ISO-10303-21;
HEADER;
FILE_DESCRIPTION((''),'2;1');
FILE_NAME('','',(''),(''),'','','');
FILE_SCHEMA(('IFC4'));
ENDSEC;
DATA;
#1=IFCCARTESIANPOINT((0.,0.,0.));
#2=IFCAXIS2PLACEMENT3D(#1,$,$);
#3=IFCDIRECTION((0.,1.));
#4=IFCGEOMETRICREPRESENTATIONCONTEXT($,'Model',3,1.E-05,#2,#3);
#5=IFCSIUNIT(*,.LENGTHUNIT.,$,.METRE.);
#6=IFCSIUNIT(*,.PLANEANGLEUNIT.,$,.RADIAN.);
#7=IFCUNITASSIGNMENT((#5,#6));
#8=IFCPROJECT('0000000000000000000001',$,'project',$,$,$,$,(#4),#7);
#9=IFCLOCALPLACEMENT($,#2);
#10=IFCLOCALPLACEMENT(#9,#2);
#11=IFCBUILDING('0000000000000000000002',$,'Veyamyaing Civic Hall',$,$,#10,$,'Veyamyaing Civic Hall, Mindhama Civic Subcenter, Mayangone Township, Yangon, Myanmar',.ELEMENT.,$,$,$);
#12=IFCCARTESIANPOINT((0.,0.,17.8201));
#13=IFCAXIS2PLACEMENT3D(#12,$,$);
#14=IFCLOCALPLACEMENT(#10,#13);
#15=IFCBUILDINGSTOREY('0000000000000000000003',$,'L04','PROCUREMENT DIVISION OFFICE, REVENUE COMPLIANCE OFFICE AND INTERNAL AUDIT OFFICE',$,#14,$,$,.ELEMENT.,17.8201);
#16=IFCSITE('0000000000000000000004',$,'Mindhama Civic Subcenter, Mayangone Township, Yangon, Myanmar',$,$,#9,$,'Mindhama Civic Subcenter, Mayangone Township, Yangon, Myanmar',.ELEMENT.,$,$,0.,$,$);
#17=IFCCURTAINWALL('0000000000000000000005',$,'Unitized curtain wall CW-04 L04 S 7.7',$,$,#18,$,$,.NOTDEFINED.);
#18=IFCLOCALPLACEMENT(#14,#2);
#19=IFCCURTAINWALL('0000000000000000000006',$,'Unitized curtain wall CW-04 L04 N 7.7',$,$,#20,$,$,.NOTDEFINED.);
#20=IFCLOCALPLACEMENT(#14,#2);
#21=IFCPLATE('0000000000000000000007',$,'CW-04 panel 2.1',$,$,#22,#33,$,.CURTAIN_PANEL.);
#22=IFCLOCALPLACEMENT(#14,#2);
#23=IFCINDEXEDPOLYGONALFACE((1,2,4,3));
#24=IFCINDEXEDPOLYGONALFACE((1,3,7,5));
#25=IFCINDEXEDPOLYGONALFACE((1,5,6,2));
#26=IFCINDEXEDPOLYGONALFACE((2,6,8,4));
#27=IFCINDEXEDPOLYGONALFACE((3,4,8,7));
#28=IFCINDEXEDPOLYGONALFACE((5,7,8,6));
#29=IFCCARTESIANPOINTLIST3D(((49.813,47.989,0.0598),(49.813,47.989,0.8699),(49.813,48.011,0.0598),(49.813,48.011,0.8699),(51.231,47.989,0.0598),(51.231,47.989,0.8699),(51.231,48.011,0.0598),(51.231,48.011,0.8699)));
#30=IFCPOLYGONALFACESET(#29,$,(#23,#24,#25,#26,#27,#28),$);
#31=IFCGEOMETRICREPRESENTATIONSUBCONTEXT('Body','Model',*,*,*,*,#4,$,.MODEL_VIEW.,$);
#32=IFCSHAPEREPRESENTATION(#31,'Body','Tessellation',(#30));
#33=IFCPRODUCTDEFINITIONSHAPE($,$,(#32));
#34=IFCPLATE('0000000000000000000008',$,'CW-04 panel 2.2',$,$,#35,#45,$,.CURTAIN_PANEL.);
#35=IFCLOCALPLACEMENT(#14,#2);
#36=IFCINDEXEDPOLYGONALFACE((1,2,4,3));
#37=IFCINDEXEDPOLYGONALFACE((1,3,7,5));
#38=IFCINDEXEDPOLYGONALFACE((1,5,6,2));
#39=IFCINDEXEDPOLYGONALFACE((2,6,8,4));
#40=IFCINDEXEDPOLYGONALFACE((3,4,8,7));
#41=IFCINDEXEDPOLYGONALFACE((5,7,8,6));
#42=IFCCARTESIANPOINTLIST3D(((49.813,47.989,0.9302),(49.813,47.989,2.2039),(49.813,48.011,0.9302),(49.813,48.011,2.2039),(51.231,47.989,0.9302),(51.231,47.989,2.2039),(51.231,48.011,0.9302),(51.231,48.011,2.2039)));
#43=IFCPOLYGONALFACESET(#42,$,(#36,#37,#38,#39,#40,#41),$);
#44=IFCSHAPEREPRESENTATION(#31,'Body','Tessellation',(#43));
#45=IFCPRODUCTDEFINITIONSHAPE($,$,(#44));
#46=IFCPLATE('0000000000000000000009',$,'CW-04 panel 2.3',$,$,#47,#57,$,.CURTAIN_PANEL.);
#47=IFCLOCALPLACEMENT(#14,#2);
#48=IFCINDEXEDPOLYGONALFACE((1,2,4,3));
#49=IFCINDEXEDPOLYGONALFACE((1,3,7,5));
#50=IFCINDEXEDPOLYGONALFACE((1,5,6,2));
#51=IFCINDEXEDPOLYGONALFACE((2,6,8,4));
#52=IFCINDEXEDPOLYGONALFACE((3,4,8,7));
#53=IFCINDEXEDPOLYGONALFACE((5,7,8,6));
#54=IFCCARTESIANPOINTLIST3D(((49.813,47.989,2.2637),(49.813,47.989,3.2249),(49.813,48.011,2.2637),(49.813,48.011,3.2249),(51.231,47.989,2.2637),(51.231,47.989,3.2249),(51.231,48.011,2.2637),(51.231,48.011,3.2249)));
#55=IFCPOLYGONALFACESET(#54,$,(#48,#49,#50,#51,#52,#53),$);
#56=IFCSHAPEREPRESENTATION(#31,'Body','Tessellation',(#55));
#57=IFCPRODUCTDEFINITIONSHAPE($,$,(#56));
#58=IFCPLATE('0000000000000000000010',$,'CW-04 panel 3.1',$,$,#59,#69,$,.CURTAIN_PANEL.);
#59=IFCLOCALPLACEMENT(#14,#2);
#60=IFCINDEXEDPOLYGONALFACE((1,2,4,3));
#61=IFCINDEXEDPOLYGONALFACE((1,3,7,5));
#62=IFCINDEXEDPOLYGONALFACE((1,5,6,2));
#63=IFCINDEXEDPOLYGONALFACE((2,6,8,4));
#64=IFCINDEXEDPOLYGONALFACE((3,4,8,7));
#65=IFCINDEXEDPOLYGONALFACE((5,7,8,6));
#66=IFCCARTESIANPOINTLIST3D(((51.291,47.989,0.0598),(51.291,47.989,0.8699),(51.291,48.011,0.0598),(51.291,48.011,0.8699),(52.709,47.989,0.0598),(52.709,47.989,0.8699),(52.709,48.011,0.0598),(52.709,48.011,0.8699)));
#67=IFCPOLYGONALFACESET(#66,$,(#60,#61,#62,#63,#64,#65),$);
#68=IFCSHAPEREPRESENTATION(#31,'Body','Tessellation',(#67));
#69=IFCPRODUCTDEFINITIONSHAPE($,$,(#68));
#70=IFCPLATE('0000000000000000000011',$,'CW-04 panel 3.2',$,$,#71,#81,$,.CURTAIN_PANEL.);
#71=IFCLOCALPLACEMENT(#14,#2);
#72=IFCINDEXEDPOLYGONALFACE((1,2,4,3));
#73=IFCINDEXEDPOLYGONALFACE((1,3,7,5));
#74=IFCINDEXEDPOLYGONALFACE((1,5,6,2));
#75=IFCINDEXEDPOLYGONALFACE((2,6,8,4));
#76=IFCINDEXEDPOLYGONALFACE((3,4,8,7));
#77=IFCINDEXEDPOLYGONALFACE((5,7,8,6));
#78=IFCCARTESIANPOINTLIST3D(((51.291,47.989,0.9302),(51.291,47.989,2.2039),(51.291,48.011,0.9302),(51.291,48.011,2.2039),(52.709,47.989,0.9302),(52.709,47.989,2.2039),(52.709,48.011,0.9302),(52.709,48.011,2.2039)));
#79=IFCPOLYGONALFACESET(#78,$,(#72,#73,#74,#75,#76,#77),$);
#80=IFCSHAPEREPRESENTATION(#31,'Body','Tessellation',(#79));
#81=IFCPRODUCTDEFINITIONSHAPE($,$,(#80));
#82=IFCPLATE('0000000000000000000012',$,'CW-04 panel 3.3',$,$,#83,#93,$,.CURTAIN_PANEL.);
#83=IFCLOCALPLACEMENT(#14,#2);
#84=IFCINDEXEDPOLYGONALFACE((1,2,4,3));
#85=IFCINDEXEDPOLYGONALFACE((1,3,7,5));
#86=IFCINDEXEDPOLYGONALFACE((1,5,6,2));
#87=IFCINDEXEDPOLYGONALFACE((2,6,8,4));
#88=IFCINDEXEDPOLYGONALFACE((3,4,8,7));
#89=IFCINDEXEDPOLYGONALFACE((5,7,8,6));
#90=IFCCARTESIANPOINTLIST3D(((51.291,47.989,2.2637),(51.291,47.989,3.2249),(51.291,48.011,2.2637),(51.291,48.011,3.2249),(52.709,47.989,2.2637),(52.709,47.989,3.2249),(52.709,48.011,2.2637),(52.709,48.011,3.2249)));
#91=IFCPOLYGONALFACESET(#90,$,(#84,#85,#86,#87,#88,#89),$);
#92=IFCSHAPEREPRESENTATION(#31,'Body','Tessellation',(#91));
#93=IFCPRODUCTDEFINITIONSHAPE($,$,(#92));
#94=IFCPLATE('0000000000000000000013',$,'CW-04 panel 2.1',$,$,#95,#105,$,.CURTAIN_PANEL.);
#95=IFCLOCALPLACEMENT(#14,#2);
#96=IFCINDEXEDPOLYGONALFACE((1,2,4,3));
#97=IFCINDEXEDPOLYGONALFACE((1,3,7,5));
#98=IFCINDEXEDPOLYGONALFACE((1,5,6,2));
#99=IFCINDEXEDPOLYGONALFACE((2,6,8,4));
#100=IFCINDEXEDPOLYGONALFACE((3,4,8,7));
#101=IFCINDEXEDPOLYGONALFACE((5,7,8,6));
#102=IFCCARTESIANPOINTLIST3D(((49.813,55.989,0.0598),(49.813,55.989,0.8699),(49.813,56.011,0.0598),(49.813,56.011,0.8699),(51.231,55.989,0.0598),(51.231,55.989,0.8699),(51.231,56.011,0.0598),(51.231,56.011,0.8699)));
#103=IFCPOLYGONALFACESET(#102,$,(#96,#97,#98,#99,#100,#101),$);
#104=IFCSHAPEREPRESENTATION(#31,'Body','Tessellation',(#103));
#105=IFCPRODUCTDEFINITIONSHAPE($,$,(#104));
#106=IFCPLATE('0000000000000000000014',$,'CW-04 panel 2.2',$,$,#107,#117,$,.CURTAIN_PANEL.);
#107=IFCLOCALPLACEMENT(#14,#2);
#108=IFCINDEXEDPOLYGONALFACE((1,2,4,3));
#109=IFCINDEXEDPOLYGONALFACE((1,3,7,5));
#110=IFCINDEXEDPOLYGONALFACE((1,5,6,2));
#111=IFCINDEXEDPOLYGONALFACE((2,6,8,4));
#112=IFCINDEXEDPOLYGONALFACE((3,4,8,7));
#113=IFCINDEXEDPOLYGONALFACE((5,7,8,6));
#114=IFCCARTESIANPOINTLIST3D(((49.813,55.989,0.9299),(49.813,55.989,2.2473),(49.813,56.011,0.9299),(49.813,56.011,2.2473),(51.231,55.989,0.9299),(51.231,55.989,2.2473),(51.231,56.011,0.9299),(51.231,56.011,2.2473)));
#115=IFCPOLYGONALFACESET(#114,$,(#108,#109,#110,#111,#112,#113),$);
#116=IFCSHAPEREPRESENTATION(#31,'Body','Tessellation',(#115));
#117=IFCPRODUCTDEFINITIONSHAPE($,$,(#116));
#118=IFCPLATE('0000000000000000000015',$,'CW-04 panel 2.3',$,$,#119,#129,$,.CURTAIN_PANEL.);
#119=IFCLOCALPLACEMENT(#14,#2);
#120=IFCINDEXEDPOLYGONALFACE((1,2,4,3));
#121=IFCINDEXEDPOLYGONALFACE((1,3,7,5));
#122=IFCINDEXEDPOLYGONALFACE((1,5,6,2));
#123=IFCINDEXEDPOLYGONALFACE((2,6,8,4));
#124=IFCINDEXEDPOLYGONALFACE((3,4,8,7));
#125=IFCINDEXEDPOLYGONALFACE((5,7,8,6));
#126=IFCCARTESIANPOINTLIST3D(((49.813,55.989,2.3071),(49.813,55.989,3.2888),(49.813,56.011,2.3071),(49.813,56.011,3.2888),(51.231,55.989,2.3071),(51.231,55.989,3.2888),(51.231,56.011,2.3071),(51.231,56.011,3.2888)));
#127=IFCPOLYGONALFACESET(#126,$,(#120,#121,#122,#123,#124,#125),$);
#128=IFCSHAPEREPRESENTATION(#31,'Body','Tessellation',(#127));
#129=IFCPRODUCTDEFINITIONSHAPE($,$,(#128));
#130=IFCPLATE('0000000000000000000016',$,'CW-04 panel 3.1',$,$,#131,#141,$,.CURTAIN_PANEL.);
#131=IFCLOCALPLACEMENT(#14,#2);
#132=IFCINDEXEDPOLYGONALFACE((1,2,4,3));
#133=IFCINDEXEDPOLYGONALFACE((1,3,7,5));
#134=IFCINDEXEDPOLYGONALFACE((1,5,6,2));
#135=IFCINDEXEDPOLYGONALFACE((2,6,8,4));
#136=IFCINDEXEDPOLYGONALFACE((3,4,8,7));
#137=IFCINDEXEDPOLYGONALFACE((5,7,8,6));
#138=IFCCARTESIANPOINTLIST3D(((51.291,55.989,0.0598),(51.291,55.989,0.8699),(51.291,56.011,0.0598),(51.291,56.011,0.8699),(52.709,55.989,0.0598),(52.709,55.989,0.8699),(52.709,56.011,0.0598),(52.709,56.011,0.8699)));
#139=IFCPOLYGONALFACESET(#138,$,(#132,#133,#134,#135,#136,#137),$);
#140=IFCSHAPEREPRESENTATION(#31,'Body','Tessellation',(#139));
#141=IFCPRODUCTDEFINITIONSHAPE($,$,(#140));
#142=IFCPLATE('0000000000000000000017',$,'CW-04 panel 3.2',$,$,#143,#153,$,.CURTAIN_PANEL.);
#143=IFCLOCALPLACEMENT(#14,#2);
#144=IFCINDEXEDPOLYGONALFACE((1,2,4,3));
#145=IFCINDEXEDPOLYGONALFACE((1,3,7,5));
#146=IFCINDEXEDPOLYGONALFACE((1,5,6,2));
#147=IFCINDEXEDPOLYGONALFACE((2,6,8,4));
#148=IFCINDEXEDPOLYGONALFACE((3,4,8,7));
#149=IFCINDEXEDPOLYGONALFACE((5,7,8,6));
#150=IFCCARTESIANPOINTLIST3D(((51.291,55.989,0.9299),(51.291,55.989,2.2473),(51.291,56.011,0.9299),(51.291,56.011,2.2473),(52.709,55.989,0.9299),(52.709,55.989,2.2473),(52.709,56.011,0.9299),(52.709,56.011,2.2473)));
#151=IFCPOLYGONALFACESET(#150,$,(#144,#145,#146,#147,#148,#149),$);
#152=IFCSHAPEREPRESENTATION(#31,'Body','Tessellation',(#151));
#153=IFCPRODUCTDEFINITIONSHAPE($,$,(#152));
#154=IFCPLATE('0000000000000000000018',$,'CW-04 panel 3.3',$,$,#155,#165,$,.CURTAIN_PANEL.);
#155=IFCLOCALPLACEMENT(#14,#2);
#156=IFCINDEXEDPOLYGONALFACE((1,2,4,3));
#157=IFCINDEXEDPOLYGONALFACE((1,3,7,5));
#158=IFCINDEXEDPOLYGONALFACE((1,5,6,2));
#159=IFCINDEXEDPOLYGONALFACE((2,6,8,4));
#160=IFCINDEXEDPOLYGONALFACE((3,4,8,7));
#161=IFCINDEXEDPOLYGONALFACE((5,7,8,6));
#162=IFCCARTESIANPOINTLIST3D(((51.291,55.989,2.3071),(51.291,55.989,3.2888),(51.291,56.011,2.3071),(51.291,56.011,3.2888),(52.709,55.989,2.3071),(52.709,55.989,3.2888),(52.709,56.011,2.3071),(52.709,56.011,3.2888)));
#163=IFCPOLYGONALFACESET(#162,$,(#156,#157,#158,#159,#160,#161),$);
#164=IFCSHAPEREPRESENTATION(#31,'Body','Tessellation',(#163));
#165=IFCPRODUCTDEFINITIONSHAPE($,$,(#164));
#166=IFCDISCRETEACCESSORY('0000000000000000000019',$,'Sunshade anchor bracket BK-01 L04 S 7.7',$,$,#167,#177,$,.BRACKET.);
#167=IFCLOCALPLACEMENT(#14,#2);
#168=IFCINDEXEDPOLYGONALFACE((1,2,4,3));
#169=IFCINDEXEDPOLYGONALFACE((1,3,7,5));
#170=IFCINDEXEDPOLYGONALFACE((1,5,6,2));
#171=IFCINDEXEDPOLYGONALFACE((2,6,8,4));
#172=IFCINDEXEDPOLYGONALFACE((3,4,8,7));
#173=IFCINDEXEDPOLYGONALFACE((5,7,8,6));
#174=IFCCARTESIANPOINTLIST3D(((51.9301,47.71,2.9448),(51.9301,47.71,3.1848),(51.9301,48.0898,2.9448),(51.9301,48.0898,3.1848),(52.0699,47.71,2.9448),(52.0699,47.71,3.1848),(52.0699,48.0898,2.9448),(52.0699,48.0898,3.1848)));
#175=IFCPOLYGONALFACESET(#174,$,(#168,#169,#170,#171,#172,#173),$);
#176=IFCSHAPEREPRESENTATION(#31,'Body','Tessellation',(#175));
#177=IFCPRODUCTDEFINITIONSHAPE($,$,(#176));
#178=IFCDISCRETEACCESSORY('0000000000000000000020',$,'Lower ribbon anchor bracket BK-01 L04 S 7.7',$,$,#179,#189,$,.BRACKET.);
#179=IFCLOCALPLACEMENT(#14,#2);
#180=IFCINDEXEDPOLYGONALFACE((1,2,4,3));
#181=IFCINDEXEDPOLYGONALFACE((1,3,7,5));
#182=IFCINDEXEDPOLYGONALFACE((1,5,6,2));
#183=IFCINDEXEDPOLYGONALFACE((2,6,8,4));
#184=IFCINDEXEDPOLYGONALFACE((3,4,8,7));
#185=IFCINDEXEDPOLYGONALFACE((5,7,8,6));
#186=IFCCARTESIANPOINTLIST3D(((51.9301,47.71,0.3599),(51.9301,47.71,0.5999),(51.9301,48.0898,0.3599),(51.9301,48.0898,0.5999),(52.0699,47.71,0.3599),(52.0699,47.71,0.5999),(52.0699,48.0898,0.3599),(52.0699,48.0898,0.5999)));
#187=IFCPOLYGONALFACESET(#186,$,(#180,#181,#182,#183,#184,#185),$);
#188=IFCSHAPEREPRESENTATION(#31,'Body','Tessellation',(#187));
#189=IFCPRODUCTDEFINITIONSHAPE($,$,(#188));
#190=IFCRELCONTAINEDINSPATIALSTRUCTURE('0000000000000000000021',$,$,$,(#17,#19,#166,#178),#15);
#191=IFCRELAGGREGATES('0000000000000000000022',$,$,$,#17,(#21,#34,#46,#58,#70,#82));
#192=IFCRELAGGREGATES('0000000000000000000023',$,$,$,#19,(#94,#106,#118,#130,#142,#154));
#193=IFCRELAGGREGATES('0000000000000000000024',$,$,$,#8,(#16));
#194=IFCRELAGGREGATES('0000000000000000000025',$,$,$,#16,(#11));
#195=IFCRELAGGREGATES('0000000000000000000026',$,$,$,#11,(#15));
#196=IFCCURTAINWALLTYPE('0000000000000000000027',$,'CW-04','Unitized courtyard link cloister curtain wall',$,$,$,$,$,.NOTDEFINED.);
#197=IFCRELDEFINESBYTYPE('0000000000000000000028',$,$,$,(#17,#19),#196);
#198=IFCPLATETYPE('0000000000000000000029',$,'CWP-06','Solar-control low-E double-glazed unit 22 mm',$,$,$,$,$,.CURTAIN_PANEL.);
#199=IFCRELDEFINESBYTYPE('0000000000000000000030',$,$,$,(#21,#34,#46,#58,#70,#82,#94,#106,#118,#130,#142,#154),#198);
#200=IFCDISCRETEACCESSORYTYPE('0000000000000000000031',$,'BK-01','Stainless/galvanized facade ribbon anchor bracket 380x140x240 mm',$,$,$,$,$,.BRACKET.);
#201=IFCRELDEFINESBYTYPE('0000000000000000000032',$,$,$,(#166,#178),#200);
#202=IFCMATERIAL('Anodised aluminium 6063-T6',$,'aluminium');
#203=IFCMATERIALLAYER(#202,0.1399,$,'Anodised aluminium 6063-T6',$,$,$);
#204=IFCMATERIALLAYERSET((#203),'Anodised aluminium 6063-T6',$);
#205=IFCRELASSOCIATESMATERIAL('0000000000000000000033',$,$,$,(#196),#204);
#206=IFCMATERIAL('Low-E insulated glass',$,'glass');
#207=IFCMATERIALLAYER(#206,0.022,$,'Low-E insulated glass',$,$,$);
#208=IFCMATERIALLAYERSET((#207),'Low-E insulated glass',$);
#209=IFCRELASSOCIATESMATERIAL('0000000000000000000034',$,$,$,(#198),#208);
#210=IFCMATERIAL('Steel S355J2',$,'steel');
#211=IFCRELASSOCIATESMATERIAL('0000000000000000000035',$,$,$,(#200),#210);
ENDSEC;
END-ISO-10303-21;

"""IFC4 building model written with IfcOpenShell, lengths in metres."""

from ifc_helpers import new_model, si_unit, direction, frame, origin, origin_2d, place, context, subcontext, project, spatial, rectangle, extrude, material, layer, layer_set, type_object, element, aggregate, save


model = new_model("IFC4")

# Units and contexts
model_context = context("Model", 3, precision=1e-05, world=origin(), true_north=direction((0.0, 1.0)))
body_context = subcontext(model_context, "Body", "Model", "MODEL_VIEW")
ifc_project = project(units=[si_unit("LENGTHUNIT", "METRE"), si_unit("PLANEANGLEUNIT", "RADIAN")], contexts=[model_context])

# Site, building, storey
site_placement = place(None, origin())
site = spatial("IfcSite", under=ifc_project, at=site_placement, Name="Mindhama Civic Subcenter, Mayangone Township, Yangon, Myanmar", LongName="Mindhama Civic Subcenter, Mayangone Township, Yangon, Myanmar", CompositionType="ELEMENT", RefElevation=0.0)
building_placement = place(site_placement, origin())
building = spatial("IfcBuilding", under=site, at=building_placement, Name="Veyamyaing Civic Hall", LongName="Veyamyaing Civic Hall, Mindhama Civic Subcenter, Mayangone Township, Yangon, Myanmar", CompositionType="ELEMENT")
storey_placement = place(building_placement, frame((0.0, 0.0, 17.8201)))
storey = spatial("IfcBuildingStorey", under=building, at=storey_placement, Name="L04", Description="PROCUREMENT DIVISION OFFICE, REVENUE COMPLIANCE OFFICE AND INTERNAL AUDIT OFFICE", CompositionType="ELEMENT", Elevation=17.8201)

# Curtain walls
ifc_material_1 = material(Name="Anodised aluminium 6063-T6", Category="aluminium")
ifc_layer_1 = layer(ifc_material_1, 0.1399, Name="Anodised aluminium 6063-T6")
ifc_layer_set_1 = layer_set([ifc_layer_1], Name="Anodised aluminium 6063-T6")
curtain_wall_type = type_object("IfcCurtainWallType", Name="CW-04", Description="Unitized courtyard link cloister curtain wall", PredefinedType="NOTDEFINED", material=ifc_layer_set_1)
curtain_wall_1_placement = place(storey_placement, origin())
curtain_wall_1 = element("IfcCurtainWall", 1, at=curtain_wall_1_placement, inside=storey, type_object=curtain_wall_type, Name="Unitized curtain wall CW-04 L04 S 7.7", PredefinedType="NOTDEFINED")
curtain_wall_2_placement = place(storey_placement, origin())
curtain_wall_2 = element("IfcCurtainWall", 2, at=curtain_wall_2_placement, inside=storey, type_object=curtain_wall_type, Name="Unitized curtain wall CW-04 L04 N 7.7", PredefinedType="NOTDEFINED")

# Plates
ifc_material_2 = material(Name="Low-E insulated glass", Category="glass")
ifc_layer_2 = layer(ifc_material_2, 0.022, Name="Low-E insulated glass")
ifc_layer_set_2 = layer_set([ifc_layer_2], Name="Low-E insulated glass")
plate_type = type_object("IfcPlateType", Name="CWP-06", Description="Solar-control low-E double-glazed unit 22 mm", PredefinedType="CURTAIN_PANEL", material=ifc_layer_set_2)
plate_1_placement = place(storey_placement, frame((50.522, 48.0, 0.0598), z_axis=(0.0, 0.0, 1.0), x_axis=(1.0, 0.0, 0.0)))
plate_1 = element("IfcPlate", 3, at=plate_1_placement, type_object=plate_type, Name="CW-04 panel 2.1", PredefinedType="CURTAIN_PANEL", context=body_context, shape_type="SweptSolid", body=[
    extrude(rectangle(XDim=1.418, YDim=0.022, at=origin_2d()), origin(), (0.0, 0.0, 1.0), 0.8101),
])
plate_2_placement = place(storey_placement, frame((50.522, 48.0, 0.9302), z_axis=(0.0, 0.0, 1.0), x_axis=(1.0, 0.0, 0.0)))
plate_2 = element("IfcPlate", 4, at=plate_2_placement, type_object=plate_type, Name="CW-04 panel 2.2", PredefinedType="CURTAIN_PANEL", context=body_context, shape_type="SweptSolid", body=[
    extrude(rectangle(XDim=1.418, YDim=0.022, at=origin_2d()), origin(), (0.0, 0.0, 1.0), 1.2737),
])
plate_3_placement = place(storey_placement, frame((50.522, 48.0, 2.2637), z_axis=(0.0, 0.0, 1.0), x_axis=(1.0, 0.0, 0.0)))
plate_3 = element("IfcPlate", 5, at=plate_3_placement, type_object=plate_type, Name="CW-04 panel 2.3", PredefinedType="CURTAIN_PANEL", context=body_context, shape_type="SweptSolid", body=[
    extrude(rectangle(XDim=1.418, YDim=0.022, at=origin_2d()), origin(), (0.0, 0.0, 1.0), 0.9612),
])
plate_4_placement = place(storey_placement, frame((52.0, 48.0, 0.0598), z_axis=(0.0, 0.0, 1.0), x_axis=(1.0, 0.0, 0.0)))
plate_4 = element("IfcPlate", 6, at=plate_4_placement, type_object=plate_type, Name="CW-04 panel 3.1", PredefinedType="CURTAIN_PANEL", context=body_context, shape_type="SweptSolid", body=[
    extrude(rectangle(XDim=1.418, YDim=0.022, at=origin_2d()), origin(), (0.0, 0.0, 1.0), 0.8101),
])
plate_5_placement = place(storey_placement, frame((52.0, 48.0, 0.9302), z_axis=(0.0, 0.0, 1.0), x_axis=(1.0, 0.0, 0.0)))
plate_5 = element("IfcPlate", 7, at=plate_5_placement, type_object=plate_type, Name="CW-04 panel 3.2", PredefinedType="CURTAIN_PANEL", context=body_context, shape_type="SweptSolid", body=[
    extrude(rectangle(XDim=1.418, YDim=0.022, at=origin_2d()), origin(), (0.0, 0.0, 1.0), 1.2737),
])
plate_6_placement = place(storey_placement, frame((52.0, 48.0, 2.2637), z_axis=(0.0, 0.0, 1.0), x_axis=(1.0, 0.0, 0.0)))
plate_6 = element("IfcPlate", 8, at=plate_6_placement, type_object=plate_type, Name="CW-04 panel 3.3", PredefinedType="CURTAIN_PANEL", context=body_context, shape_type="SweptSolid", body=[
    extrude(rectangle(XDim=1.418, YDim=0.022, at=origin_2d()), origin(), (0.0, 0.0, 1.0), 0.9612),
])
aggregate(curtain_wall_1, [plate_1, plate_2, plate_3, plate_4, plate_5, plate_6])
plate_7_placement = place(storey_placement, frame((50.522, 56.0, 0.0598), z_axis=(0.0, 0.0, 1.0), x_axis=(1.0, 0.0, 0.0)))
plate_7 = element("IfcPlate", 9, at=plate_7_placement, type_object=plate_type, Name="CW-04 panel 2.1", PredefinedType="CURTAIN_PANEL", context=body_context, shape_type="SweptSolid", body=[
    extrude(rectangle(XDim=1.418, YDim=0.022, at=origin_2d()), origin(), (0.0, 0.0, 1.0), 0.8101),
])
plate_8_placement = place(storey_placement, frame((50.522, 56.0, 0.9299), z_axis=(0.0, 0.0, 1.0), x_axis=(1.0, 0.0, 0.0)))
plate_8 = element("IfcPlate", 10, at=plate_8_placement, type_object=plate_type, Name="CW-04 panel 2.2", PredefinedType="CURTAIN_PANEL", context=body_context, shape_type="SweptSolid", body=[
    extrude(rectangle(XDim=1.418, YDim=0.022, at=origin_2d()), origin(), (0.0, 0.0, 1.0), 1.3174),
])
plate_9_placement = place(storey_placement, frame((50.522, 56.0, 2.3071), z_axis=(0.0, 0.0, 1.0), x_axis=(1.0, 0.0, 0.0)))
plate_9 = element("IfcPlate", 11, at=plate_9_placement, type_object=plate_type, Name="CW-04 panel 2.3", PredefinedType="CURTAIN_PANEL", context=body_context, shape_type="SweptSolid", body=[
    extrude(rectangle(XDim=1.418, YDim=0.022, at=origin_2d()), origin(), (0.0, 0.0, 1.0), 0.9817),
])
plate_10_placement = place(storey_placement, frame((52.0, 56.0, 0.0598), z_axis=(0.0, 0.0, 1.0), x_axis=(1.0, 0.0, 0.0)))
plate_10 = element("IfcPlate", 12, at=plate_10_placement, type_object=plate_type, Name="CW-04 panel 3.1", PredefinedType="CURTAIN_PANEL", context=body_context, shape_type="SweptSolid", body=[
    extrude(rectangle(XDim=1.418, YDim=0.022, at=origin_2d()), origin(), (0.0, 0.0, 1.0), 0.8101),
])
plate_11_placement = place(storey_placement, frame((52.0, 56.0, 0.9299), z_axis=(0.0, 0.0, 1.0), x_axis=(1.0, 0.0, 0.0)))
plate_11 = element("IfcPlate", 13, at=plate_11_placement, type_object=plate_type, Name="CW-04 panel 3.2", PredefinedType="CURTAIN_PANEL", context=body_context, shape_type="SweptSolid", body=[
    extrude(rectangle(XDim=1.418, YDim=0.022, at=origin_2d()), origin(), (0.0, 0.0, 1.0), 1.3174),
])
plate_12_placement = place(storey_placement, frame((52.0, 56.0, 2.3071), z_axis=(0.0, 0.0, 1.0), x_axis=(1.0, 0.0, 0.0)))
plate_12 = element("IfcPlate", 14, at=plate_12_placement, type_object=plate_type, Name="CW-04 panel 3.3", PredefinedType="CURTAIN_PANEL", context=body_context, shape_type="SweptSolid", body=[
    extrude(rectangle(XDim=1.418, YDim=0.022, at=origin_2d()), origin(), (0.0, 0.0, 1.0), 0.9817),
])
aggregate(curtain_wall_2, [plate_7, plate_8, plate_9, plate_10, plate_11, plate_12])

# Discrete accessories
ifc_material_3 = material(Name="Steel S355J2", Category="steel")
discrete_accessory_type = type_object("IfcDiscreteAccessoryType", Name="BK-01", Description="Stainless/galvanized facade ribbon anchor bracket 380x140x240 mm", PredefinedType="BRACKET", material=ifc_material_3)
for number, where, z_axis, x_axis, name in (
    (15, (52.0, 47.8999, 2.9448), (0.0, 0.0, 1.0), (0.0, -1.0, 0.0), "Sunshade anchor bracket BK-01 L04 S 7.7"),
    (16, (52.0, 47.8999, 0.3599), (0.0, 0.0, 1.0), (0.0, -1.0, 0.0), "Lower ribbon anchor bracket BK-01 L04 S 7.7"),
):
    element("IfcDiscreteAccessory", number, at=place(storey_placement, frame(where, z_axis=z_axis, x_axis=x_axis)), inside=storey, type_object=discrete_accessory_type, Name=name, PredefinedType="BRACKET", context=body_context, shape_type="SweptSolid", body=[
        extrude(rectangle(XDim=0.3799, YDim=0.1399, at=origin_2d()), origin(), (0.0, 0.0, 1.0), 0.24),
    ])

save(model, "model.ifc")
